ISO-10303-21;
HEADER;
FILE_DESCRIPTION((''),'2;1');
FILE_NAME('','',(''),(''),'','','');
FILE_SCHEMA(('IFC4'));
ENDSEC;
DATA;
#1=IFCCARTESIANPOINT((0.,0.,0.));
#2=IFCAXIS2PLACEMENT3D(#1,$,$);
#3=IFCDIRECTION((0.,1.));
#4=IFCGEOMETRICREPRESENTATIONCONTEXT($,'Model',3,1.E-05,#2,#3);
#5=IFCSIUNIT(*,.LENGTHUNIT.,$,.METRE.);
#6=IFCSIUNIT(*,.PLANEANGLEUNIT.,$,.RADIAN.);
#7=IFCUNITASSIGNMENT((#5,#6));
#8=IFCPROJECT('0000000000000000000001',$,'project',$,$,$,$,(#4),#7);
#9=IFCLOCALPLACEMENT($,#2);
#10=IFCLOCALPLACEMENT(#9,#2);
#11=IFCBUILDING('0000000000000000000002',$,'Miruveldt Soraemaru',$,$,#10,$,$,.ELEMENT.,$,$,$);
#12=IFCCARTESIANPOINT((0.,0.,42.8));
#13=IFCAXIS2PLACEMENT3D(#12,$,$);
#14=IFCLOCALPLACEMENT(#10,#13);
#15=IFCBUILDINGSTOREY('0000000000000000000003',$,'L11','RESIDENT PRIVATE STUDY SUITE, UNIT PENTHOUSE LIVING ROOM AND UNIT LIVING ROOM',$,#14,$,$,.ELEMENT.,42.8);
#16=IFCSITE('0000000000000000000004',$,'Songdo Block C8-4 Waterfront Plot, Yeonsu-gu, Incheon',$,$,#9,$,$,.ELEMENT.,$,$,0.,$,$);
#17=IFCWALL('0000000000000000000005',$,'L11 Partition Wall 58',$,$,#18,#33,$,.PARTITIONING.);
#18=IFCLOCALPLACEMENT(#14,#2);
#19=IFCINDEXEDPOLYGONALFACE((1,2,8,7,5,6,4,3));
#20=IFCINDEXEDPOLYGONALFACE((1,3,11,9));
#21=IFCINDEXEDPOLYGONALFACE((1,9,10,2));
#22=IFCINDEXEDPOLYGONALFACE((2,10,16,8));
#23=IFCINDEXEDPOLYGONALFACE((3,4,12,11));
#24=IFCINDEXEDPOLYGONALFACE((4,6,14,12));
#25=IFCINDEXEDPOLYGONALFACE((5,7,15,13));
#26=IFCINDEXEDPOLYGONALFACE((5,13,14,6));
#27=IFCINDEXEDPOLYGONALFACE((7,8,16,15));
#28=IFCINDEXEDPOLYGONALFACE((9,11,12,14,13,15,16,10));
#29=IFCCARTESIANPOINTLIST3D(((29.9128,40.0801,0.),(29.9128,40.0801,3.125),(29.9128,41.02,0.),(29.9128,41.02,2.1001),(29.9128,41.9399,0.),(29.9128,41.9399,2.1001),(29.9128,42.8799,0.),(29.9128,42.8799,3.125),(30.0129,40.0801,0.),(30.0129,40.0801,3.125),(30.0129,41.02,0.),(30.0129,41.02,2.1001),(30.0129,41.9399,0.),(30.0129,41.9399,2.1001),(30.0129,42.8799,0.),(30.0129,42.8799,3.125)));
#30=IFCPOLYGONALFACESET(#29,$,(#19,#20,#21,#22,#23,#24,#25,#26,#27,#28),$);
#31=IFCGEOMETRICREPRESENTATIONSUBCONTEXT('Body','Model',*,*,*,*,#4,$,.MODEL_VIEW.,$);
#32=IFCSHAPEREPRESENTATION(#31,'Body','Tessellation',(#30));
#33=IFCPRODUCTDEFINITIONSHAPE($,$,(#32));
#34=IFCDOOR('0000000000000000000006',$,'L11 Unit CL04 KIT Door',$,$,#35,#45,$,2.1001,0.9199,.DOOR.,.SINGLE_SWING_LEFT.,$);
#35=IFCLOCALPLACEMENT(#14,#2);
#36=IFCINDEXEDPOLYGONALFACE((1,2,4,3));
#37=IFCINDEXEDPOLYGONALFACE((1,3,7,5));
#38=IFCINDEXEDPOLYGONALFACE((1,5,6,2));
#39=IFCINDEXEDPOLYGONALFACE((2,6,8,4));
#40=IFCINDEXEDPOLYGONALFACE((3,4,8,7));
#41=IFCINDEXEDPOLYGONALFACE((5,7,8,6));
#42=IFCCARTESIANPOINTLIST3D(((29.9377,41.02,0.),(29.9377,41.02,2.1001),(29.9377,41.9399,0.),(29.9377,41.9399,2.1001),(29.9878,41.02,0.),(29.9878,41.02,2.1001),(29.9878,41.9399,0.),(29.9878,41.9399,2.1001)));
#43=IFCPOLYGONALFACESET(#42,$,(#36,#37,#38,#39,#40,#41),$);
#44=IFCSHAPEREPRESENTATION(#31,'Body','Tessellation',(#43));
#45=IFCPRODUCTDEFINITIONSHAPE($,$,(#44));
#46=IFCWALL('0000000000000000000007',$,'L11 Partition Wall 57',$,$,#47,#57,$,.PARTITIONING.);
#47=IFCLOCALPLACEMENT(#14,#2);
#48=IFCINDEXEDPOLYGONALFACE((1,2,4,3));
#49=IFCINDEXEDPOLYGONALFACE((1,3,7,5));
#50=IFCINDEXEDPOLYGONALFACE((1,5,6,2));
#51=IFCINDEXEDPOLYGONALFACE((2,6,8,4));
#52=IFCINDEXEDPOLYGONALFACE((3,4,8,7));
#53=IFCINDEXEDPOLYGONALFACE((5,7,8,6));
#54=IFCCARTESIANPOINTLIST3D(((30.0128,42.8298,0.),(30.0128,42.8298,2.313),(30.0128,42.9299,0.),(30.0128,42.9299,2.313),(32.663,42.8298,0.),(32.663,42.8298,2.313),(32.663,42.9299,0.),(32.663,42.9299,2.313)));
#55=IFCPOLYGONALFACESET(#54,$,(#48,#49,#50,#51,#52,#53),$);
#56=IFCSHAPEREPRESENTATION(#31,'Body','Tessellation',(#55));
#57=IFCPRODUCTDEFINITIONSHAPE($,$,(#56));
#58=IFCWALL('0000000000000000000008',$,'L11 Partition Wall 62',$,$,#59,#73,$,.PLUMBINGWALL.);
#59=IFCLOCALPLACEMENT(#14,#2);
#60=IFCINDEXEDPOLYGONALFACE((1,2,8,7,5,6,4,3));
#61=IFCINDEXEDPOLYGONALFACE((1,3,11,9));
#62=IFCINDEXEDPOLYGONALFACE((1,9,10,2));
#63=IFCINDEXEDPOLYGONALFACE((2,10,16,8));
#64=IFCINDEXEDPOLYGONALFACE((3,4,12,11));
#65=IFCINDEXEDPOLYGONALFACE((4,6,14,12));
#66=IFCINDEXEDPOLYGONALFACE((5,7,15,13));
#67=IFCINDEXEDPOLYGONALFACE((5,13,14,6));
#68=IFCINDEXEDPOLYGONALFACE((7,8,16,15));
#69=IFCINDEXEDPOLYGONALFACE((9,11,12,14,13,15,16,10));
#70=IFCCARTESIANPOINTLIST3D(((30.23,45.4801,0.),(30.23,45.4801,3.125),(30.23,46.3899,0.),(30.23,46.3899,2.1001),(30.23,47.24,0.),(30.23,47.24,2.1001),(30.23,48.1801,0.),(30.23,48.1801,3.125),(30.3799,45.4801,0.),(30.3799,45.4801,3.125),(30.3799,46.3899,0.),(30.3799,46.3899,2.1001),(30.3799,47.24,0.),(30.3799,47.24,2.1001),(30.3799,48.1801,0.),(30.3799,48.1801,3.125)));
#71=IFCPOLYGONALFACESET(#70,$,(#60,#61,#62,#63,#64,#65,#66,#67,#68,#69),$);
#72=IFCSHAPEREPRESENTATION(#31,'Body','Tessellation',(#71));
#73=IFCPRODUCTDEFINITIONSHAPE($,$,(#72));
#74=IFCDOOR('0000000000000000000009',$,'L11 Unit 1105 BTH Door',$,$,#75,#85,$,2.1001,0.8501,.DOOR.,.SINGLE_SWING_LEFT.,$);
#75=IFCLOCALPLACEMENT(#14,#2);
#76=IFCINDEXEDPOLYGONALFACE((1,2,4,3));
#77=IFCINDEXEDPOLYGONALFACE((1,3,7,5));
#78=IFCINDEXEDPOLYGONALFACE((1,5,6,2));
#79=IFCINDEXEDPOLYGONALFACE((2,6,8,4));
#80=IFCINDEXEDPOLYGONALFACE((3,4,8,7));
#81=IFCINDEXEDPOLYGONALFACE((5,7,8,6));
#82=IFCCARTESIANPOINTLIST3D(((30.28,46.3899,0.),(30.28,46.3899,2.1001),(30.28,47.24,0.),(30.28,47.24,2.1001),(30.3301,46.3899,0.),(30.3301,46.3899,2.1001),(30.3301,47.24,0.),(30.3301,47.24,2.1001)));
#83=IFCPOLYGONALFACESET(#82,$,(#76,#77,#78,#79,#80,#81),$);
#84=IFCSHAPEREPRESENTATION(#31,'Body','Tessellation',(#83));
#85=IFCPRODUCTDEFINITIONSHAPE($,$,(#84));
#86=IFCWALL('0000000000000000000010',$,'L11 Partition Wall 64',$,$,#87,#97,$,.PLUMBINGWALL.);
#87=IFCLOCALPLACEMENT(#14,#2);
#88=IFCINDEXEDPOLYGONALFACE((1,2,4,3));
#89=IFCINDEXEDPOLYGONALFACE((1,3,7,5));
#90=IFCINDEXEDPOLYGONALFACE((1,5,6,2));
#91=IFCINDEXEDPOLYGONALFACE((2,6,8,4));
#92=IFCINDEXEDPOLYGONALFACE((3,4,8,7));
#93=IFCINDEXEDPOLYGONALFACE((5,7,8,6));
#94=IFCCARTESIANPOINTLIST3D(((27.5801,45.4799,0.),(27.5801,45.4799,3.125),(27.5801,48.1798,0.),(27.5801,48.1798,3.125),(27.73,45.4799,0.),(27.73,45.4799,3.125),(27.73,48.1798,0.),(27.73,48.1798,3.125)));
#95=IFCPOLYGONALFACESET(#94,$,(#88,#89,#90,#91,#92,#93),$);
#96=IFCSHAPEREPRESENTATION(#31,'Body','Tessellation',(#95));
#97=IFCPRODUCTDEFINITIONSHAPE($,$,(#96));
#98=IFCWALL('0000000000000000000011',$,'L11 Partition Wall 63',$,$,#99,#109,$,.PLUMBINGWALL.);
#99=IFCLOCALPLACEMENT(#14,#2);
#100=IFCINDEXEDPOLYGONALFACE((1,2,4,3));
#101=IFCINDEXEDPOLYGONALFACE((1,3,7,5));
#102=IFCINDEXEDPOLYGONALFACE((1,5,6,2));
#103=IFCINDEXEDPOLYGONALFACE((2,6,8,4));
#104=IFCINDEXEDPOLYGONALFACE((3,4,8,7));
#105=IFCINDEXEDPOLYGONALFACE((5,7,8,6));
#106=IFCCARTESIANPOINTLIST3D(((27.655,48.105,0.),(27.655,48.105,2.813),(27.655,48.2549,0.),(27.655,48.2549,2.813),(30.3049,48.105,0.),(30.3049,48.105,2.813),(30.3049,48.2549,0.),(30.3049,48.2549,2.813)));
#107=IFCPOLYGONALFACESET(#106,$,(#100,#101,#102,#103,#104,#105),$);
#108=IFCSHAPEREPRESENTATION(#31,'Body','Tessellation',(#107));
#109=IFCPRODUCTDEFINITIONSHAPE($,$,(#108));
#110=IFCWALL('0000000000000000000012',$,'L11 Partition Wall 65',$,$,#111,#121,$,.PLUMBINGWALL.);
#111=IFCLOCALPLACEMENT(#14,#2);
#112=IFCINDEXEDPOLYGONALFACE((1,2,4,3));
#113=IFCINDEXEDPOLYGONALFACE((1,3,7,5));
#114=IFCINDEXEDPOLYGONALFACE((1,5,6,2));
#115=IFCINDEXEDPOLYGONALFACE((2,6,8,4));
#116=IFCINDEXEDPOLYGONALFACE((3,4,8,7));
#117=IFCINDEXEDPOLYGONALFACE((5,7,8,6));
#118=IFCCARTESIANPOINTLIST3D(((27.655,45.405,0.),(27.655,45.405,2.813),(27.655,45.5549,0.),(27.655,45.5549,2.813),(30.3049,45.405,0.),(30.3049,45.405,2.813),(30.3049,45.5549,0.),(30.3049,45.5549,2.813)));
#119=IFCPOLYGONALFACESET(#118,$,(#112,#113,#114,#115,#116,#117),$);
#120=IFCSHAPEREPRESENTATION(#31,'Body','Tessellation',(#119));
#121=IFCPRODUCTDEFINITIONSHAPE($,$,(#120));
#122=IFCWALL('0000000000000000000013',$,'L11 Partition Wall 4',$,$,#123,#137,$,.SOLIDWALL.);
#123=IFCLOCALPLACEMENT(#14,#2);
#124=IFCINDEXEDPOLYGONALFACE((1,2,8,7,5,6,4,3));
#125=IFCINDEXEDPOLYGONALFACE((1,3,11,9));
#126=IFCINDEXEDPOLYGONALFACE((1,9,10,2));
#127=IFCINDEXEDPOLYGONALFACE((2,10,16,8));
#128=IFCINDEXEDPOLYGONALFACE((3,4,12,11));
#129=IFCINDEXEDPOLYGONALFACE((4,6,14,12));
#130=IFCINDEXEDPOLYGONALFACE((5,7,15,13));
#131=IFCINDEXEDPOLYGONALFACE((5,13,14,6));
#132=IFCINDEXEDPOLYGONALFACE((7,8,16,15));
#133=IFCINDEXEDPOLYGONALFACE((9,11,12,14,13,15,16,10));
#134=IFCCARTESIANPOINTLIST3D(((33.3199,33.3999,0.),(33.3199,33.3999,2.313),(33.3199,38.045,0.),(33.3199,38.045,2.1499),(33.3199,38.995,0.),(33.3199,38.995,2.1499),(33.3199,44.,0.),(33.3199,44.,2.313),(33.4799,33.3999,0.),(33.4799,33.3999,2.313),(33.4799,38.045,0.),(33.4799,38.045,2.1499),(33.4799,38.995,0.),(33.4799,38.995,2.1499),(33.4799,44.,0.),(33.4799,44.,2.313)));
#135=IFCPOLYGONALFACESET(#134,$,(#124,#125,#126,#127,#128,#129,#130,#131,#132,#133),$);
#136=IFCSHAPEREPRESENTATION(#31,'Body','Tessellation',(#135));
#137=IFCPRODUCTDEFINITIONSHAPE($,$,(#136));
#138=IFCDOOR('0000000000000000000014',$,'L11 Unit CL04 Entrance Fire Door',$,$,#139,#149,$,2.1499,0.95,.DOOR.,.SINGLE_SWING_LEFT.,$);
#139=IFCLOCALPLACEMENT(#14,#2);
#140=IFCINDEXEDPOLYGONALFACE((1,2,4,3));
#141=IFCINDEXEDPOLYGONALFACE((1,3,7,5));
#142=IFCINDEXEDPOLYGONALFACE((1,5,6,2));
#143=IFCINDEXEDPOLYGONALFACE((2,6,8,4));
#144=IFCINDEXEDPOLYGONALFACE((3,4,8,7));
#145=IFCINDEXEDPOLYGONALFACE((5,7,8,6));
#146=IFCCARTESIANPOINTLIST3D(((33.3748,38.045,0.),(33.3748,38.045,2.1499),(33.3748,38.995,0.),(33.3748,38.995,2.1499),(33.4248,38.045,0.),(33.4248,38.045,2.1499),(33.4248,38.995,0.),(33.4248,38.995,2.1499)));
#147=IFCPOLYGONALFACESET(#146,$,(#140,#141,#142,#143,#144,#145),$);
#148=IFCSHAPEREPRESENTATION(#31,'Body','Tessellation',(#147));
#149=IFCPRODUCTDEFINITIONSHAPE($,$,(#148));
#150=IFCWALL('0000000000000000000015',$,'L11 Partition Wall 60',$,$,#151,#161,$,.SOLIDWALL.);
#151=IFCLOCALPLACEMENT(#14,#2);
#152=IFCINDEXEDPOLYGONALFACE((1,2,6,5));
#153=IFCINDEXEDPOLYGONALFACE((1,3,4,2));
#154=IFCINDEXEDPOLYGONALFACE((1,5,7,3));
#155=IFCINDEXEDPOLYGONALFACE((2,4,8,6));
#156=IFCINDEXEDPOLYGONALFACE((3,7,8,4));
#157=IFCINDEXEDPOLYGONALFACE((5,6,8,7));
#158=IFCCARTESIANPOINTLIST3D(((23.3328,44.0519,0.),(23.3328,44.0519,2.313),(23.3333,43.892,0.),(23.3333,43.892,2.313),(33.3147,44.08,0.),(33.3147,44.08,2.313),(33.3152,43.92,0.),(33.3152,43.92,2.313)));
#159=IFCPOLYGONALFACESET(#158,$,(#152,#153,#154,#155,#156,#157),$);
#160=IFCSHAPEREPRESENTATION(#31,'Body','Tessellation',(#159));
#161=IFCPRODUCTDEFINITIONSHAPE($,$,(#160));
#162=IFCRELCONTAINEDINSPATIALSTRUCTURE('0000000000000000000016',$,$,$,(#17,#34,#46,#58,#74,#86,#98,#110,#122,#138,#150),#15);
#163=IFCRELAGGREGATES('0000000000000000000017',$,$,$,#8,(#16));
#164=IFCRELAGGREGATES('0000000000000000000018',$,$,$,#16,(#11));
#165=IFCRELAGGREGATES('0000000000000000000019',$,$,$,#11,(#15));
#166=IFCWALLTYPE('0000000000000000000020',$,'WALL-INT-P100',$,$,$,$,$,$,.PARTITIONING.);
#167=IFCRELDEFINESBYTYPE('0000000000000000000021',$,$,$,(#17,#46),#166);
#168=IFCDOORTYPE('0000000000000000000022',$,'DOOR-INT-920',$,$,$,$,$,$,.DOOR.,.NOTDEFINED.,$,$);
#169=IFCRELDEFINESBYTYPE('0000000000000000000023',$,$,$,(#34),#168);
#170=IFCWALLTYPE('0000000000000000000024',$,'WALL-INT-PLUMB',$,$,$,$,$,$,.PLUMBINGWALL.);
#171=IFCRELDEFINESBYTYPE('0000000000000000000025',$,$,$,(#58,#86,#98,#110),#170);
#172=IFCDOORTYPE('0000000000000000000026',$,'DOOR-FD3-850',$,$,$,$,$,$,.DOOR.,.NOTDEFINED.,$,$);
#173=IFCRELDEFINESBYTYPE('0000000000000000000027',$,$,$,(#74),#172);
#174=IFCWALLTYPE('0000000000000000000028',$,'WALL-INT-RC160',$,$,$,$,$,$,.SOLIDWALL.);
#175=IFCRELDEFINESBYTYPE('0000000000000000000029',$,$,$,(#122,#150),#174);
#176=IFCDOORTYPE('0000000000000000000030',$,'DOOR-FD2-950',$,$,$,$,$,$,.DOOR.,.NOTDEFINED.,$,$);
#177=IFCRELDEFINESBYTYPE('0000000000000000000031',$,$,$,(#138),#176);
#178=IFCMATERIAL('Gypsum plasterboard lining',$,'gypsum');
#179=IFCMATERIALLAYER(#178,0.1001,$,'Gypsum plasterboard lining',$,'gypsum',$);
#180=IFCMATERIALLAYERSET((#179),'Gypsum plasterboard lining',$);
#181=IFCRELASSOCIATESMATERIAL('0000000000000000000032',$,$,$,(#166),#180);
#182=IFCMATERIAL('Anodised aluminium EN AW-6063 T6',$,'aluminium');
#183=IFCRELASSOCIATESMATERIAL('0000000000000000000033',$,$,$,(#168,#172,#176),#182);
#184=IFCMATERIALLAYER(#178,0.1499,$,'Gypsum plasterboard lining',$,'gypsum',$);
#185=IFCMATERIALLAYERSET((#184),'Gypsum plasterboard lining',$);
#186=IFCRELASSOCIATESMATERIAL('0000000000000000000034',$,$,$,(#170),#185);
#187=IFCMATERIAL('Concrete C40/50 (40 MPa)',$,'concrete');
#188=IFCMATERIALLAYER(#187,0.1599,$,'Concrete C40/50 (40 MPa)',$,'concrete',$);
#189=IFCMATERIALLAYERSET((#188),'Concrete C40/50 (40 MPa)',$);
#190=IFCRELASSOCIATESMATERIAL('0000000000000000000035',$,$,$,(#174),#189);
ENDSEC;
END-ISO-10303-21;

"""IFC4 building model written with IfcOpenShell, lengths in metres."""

from ifc_helpers import new_model, si_unit, direction, frame, frame_2d, origin, place, context, subcontext, project, spatial, rectangle, extrude, material, layer, layer_set, type_object, element, fill, save


model = new_model("IFC4")

# Units and contexts
model_context = context("Model", 3, precision=1e-05, world=origin(), true_north=direction((0.0, 1.0)))
body_context = subcontext(model_context, "Body", "Model", "MODEL_VIEW")
ifc_project = project(units=[si_unit("LENGTHUNIT", "METRE"), si_unit("PLANEANGLEUNIT", "RADIAN")], contexts=[model_context])

# Site, building, storey
site_placement = place(None, origin())
site = spatial("IfcSite", under=ifc_project, at=site_placement, Name="Songdo Block C8-4 Waterfront Plot, Yeonsu-gu, Incheon", CompositionType="ELEMENT", RefElevation=0.0)
building_placement = place(site_placement, origin())
building = spatial("IfcBuilding", under=site, at=building_placement, Name="Miruveldt Soraemaru", CompositionType="ELEMENT")
storey_placement = place(building_placement, frame((0.0, 0.0, 42.8)))
storey = spatial("IfcBuildingStorey", under=building, at=storey_placement, Name="L11", Description="RESIDENT PRIVATE STUDY SUITE, UNIT PENTHOUSE LIVING ROOM AND UNIT LIVING ROOM", CompositionType="ELEMENT", Elevation=42.8)

# Shared definitions
ifc_material_1 = material(Name="Concrete C40/50 (40 MPa)", Category="concrete")

# Wall, opening, door
ifc_material_2 = material(Name="Gypsum plasterboard lining", Category="gypsum")
ifc_layer_1 = layer(ifc_material_2, 0.1001, Name="Gypsum plasterboard lining", Category="gypsum")
ifc_layer_set_1 = layer_set([ifc_layer_1], Name="Gypsum plasterboard lining")
wall_type_1 = type_object("IfcWallType", Name="WALL-INT-P100", PredefinedType="PARTITIONING", material=ifc_layer_set_1)
wall_1_placement = place(storey_placement, frame((29.9629, 42.8799, 0.0), z_axis=(0.0, 0.0, 1.0), x_axis=(0.0, -1.0, 0.0)))
wall_1 = element("IfcWall", 1, at=wall_1_placement, inside=storey, type_object=wall_type_1, Name="L11 Partition Wall 58", PredefinedType="PARTITIONING", context=body_context, shape_type="SweptSolid", body=[
    extrude(rectangle(XDim=2.7998, YDim=0.1001, at=frame_2d((1.3999, 0.0))), origin(), (0.0, 0.0, 1.0), 3.125),
])
opening_1_placement = place(wall_1_placement, frame((0.9399, 0.0, 0.0)))
opening_1 = element("IfcOpeningElement", 2, at=opening_1_placement, cuts=wall_1, PredefinedType="OPENING", context=body_context, shape_type="SweptSolid", body=[
    extrude(rectangle(XDim=0.9199, YDim=2.1001, at=frame_2d((0.46, 1.05))), frame((0.0, 0.0601, 0.0), z_axis=(0.0, -1.0, 0.0), x_axis=(1.0, 0.0, 0.0)), (0.0, 0.0, 1.0), 0.1201),
])
ifc_material_3 = material(Name="Anodised aluminium EN AW-6063 T6", Category="aluminium")
door_type_1 = type_object("IfcDoorType", Name="DOOR-INT-920", OperationType="NOTDEFINED", PredefinedType="DOOR", material=ifc_material_3)
door_1_placement = place(opening_1_placement, origin())
door_1 = element("IfcDoor", 3, at=door_1_placement, inside=storey, type_object=door_type_1, Name="L11 Unit CL04 KIT Door", OperationType="SINGLE_SWING_LEFT", OverallHeight=2.1001, OverallWidth=0.9199, PredefinedType="DOOR", context=body_context, shape_type="SweptSolid", body=[
    extrude(rectangle(XDim=0.9199, YDim=2.1001, at=frame_2d((0.46, 1.05))), frame((0.0, 0.0249, 0.0), z_axis=(0.0, -1.0, 0.0), x_axis=(1.0, 0.0, 0.0)), (0.0, 0.0, 1.0), 0.05),
])
fill(opening_1, door_1)

# Wall
wall_2_placement = place(storey_placement, frame((32.6631, 42.8799, 0.0), z_axis=(0.0, 0.0, 1.0), x_axis=(-1.0, 0.0, 0.0)))
element("IfcWall", 4, at=wall_2_placement, inside=storey, type_object=wall_type_1, Name="L11 Partition Wall 57", PredefinedType="PARTITIONING", context=body_context, shape_type="SweptSolid", body=[
    extrude(rectangle(XDim=2.6501, YDim=0.1001, at=frame_2d((1.3252, 0.0))), origin(), (0.0, 0.0, 1.0), 2.313),
])

# Wall, opening, door
ifc_layer_2 = layer(ifc_material_2, 0.1499, Name="Gypsum plasterboard lining", Category="gypsum")
ifc_layer_set_2 = layer_set([ifc_layer_2], Name="Gypsum plasterboard lining")
wall_type_2 = type_object("IfcWallType", Name="WALL-INT-PLUMB", PredefinedType="PLUMBINGWALL", material=ifc_layer_set_2)
wall_3_placement = place(storey_placement, frame((30.3049, 45.48, 0.0), z_axis=(0.0, 0.0, 1.0), x_axis=(0.0, 1.0, 0.0)))
wall_3 = element("IfcWall", 5, at=wall_3_placement, inside=storey, type_object=wall_type_2, Name="L11 Partition Wall 62", PredefinedType="PLUMBINGWALL", context=body_context, shape_type="SweptSolid", body=[
    extrude(rectangle(XDim=2.7, YDim=0.1499, at=frame_2d((1.3501, 0.0))), origin(), (0.0, 0.0, 1.0), 3.125),
])
opening_2_placement = place(wall_3_placement, frame((0.9099, 0.0, 0.0)))
opening_2 = element("IfcOpeningElement", 6, at=opening_2_placement, cuts=wall_3, PredefinedType="OPENING", context=body_context, shape_type="SweptSolid", body=[
    extrude(rectangle(XDim=0.8501, YDim=2.1001, at=frame_2d((0.425, 1.05))), frame((0.0, 0.085, 0.0), z_axis=(0.0, -1.0, 0.0), x_axis=(1.0, 0.0, 0.0)), (0.0, 0.0, 1.0), 0.1699),
])
door_type_2 = type_object("IfcDoorType", Name="DOOR-FD3-850", OperationType="NOTDEFINED", PredefinedType="DOOR", material=ifc_material_3)
door_2_placement = place(opening_2_placement, origin())
door_2 = element("IfcDoor", 7, at=door_2_placement, inside=storey, type_object=door_type_2, Name="L11 Unit 1105 BTH Door", OperationType="SINGLE_SWING_LEFT", OverallHeight=2.1001, OverallWidth=0.8501, PredefinedType="DOOR", context=body_context, shape_type="SweptSolid", body=[
    extrude(rectangle(XDim=0.8501, YDim=2.1001, at=frame_2d((0.425, 1.05))), frame((0.0, 0.0249, 0.0), z_axis=(0.0, -1.0, 0.0), x_axis=(1.0, 0.0, 0.0)), (0.0, 0.0, 1.0), 0.05),
])
fill(opening_2, door_2)

# Walls
wall_4_placement = place(storey_placement, frame((27.655, 48.1799, 0.0), z_axis=(0.0, 0.0, 1.0), x_axis=(0.0, -1.0, 0.0)))
element("IfcWall", 8, at=wall_4_placement, inside=storey, type_object=wall_type_2, Name="L11 Partition Wall 64", PredefinedType="PLUMBINGWALL", context=body_context, shape_type="SweptSolid", body=[
    extrude(rectangle(XDim=2.7, YDim=0.1499, at=frame_2d((1.3501, 0.0))), origin(), (0.0, 0.0, 1.0), 3.125),
])
for number, where, z_axis, x_axis, name in (
    (9, (30.3049, 48.1799, 0.0), (0.0, 0.0, 1.0), (-1.0, 0.0, 0.0), "L11 Partition Wall 63"),
    (10, (27.655, 45.48, 0.0), (0.0, 0.0, 1.0), (1.0, 0.0, 0.0), "L11 Partition Wall 65"),
):
    element("IfcWall", number, at=place(storey_placement, frame(where, z_axis=z_axis, x_axis=x_axis)), inside=storey, type_object=wall_type_2, Name=name, PredefinedType="PLUMBINGWALL", context=body_context, shape_type="SweptSolid", body=[
        extrude(rectangle(XDim=2.6499, YDim=0.1499, at=frame_2d((1.325, 0.0))), origin(), (0.0, 0.0, 1.0), 2.813),
    ])

# Wall, opening, door
ifc_layer_3 = layer(ifc_material_1, 0.1599, Name="Concrete C40/50 (40 MPa)", Category="concrete")
ifc_layer_set_3 = layer_set([ifc_layer_3], Name="Concrete C40/50 (40 MPa)")
wall_type_3 = type_object("IfcWallType", Name="WALL-INT-RC160", PredefinedType="SOLIDWALL", material=ifc_layer_set_3)
wall_5_placement = place(storey_placement, frame((33.3999, 44.0, 0.0), z_axis=(0.0, 0.0, 1.0), x_axis=(0.0, -1.0, 0.0)))
wall_5 = element("IfcWall", 11, at=wall_5_placement, inside=storey, type_object=wall_type_3, Name="L11 Partition Wall 4", PredefinedType="SOLIDWALL", context=body_context, shape_type="SweptSolid", body=[
    extrude(rectangle(XDim=10.6001, YDim=0.1599, at=frame_2d((5.3, 0.0))), origin(), (0.0, 0.0, 1.0), 2.313),
])
opening_3_placement = place(wall_5_placement, frame((5.0049, 0.0, 0.0)))
opening_3 = element("IfcOpeningElement", 12, at=opening_3_placement, cuts=wall_5, PredefinedType="OPENING", context=body_context, shape_type="SweptSolid", body=[
    extrude(rectangle(XDim=0.95, YDim=2.1499, at=frame_2d((0.4751, 1.075))), frame((0.0, 0.0898, 0.0), z_axis=(0.0, -1.0, 0.0), x_axis=(1.0, 0.0, 0.0)), (0.0, 0.0, 1.0), 0.1799),
])
door_type_3 = type_object("IfcDoorType", Name="DOOR-FD2-950", OperationType="NOTDEFINED", PredefinedType="DOOR", material=ifc_material_3)
door_3_placement = place(opening_3_placement, origin())
door_3 = element("IfcDoor", 13, at=door_3_placement, inside=storey, type_object=door_type_3, Name="L11 Unit CL04 Entrance Fire Door", OperationType="SINGLE_SWING_LEFT", OverallHeight=2.1499, OverallWidth=0.95, PredefinedType="DOOR", context=body_context, shape_type="SweptSolid", body=[
    extrude(rectangle(XDim=0.95, YDim=2.1499, at=frame_2d((0.4751, 1.075))), frame((0.0, 0.0249, 0.0), z_axis=(0.0, -1.0, 0.0), x_axis=(1.0, 0.0, 0.0)), (0.0, 0.0, 1.0), 0.05),
])
fill(opening_3, door_3)

# Wall
wall_6_placement = place(storey_placement, frame((33.3149, 44.0, 0.0), z_axis=(0.0, 0.0, 1.0), x_axis=(-0.999996, -0.002813, 0.0)))
element("IfcWall", 14, at=wall_6_placement, inside=storey, type_object=wall_type_3, Name="L11 Partition Wall 60", PredefinedType="SOLIDWALL", context=body_context, shape_type="SweptSolid", body=[
    extrude(rectangle(XDim=9.9819, YDim=0.1599, at=frame_2d((4.991, 0.0))), origin(), (0.0, 0.0, 1.0), 2.313),
])

save(model, "model.ifc")
